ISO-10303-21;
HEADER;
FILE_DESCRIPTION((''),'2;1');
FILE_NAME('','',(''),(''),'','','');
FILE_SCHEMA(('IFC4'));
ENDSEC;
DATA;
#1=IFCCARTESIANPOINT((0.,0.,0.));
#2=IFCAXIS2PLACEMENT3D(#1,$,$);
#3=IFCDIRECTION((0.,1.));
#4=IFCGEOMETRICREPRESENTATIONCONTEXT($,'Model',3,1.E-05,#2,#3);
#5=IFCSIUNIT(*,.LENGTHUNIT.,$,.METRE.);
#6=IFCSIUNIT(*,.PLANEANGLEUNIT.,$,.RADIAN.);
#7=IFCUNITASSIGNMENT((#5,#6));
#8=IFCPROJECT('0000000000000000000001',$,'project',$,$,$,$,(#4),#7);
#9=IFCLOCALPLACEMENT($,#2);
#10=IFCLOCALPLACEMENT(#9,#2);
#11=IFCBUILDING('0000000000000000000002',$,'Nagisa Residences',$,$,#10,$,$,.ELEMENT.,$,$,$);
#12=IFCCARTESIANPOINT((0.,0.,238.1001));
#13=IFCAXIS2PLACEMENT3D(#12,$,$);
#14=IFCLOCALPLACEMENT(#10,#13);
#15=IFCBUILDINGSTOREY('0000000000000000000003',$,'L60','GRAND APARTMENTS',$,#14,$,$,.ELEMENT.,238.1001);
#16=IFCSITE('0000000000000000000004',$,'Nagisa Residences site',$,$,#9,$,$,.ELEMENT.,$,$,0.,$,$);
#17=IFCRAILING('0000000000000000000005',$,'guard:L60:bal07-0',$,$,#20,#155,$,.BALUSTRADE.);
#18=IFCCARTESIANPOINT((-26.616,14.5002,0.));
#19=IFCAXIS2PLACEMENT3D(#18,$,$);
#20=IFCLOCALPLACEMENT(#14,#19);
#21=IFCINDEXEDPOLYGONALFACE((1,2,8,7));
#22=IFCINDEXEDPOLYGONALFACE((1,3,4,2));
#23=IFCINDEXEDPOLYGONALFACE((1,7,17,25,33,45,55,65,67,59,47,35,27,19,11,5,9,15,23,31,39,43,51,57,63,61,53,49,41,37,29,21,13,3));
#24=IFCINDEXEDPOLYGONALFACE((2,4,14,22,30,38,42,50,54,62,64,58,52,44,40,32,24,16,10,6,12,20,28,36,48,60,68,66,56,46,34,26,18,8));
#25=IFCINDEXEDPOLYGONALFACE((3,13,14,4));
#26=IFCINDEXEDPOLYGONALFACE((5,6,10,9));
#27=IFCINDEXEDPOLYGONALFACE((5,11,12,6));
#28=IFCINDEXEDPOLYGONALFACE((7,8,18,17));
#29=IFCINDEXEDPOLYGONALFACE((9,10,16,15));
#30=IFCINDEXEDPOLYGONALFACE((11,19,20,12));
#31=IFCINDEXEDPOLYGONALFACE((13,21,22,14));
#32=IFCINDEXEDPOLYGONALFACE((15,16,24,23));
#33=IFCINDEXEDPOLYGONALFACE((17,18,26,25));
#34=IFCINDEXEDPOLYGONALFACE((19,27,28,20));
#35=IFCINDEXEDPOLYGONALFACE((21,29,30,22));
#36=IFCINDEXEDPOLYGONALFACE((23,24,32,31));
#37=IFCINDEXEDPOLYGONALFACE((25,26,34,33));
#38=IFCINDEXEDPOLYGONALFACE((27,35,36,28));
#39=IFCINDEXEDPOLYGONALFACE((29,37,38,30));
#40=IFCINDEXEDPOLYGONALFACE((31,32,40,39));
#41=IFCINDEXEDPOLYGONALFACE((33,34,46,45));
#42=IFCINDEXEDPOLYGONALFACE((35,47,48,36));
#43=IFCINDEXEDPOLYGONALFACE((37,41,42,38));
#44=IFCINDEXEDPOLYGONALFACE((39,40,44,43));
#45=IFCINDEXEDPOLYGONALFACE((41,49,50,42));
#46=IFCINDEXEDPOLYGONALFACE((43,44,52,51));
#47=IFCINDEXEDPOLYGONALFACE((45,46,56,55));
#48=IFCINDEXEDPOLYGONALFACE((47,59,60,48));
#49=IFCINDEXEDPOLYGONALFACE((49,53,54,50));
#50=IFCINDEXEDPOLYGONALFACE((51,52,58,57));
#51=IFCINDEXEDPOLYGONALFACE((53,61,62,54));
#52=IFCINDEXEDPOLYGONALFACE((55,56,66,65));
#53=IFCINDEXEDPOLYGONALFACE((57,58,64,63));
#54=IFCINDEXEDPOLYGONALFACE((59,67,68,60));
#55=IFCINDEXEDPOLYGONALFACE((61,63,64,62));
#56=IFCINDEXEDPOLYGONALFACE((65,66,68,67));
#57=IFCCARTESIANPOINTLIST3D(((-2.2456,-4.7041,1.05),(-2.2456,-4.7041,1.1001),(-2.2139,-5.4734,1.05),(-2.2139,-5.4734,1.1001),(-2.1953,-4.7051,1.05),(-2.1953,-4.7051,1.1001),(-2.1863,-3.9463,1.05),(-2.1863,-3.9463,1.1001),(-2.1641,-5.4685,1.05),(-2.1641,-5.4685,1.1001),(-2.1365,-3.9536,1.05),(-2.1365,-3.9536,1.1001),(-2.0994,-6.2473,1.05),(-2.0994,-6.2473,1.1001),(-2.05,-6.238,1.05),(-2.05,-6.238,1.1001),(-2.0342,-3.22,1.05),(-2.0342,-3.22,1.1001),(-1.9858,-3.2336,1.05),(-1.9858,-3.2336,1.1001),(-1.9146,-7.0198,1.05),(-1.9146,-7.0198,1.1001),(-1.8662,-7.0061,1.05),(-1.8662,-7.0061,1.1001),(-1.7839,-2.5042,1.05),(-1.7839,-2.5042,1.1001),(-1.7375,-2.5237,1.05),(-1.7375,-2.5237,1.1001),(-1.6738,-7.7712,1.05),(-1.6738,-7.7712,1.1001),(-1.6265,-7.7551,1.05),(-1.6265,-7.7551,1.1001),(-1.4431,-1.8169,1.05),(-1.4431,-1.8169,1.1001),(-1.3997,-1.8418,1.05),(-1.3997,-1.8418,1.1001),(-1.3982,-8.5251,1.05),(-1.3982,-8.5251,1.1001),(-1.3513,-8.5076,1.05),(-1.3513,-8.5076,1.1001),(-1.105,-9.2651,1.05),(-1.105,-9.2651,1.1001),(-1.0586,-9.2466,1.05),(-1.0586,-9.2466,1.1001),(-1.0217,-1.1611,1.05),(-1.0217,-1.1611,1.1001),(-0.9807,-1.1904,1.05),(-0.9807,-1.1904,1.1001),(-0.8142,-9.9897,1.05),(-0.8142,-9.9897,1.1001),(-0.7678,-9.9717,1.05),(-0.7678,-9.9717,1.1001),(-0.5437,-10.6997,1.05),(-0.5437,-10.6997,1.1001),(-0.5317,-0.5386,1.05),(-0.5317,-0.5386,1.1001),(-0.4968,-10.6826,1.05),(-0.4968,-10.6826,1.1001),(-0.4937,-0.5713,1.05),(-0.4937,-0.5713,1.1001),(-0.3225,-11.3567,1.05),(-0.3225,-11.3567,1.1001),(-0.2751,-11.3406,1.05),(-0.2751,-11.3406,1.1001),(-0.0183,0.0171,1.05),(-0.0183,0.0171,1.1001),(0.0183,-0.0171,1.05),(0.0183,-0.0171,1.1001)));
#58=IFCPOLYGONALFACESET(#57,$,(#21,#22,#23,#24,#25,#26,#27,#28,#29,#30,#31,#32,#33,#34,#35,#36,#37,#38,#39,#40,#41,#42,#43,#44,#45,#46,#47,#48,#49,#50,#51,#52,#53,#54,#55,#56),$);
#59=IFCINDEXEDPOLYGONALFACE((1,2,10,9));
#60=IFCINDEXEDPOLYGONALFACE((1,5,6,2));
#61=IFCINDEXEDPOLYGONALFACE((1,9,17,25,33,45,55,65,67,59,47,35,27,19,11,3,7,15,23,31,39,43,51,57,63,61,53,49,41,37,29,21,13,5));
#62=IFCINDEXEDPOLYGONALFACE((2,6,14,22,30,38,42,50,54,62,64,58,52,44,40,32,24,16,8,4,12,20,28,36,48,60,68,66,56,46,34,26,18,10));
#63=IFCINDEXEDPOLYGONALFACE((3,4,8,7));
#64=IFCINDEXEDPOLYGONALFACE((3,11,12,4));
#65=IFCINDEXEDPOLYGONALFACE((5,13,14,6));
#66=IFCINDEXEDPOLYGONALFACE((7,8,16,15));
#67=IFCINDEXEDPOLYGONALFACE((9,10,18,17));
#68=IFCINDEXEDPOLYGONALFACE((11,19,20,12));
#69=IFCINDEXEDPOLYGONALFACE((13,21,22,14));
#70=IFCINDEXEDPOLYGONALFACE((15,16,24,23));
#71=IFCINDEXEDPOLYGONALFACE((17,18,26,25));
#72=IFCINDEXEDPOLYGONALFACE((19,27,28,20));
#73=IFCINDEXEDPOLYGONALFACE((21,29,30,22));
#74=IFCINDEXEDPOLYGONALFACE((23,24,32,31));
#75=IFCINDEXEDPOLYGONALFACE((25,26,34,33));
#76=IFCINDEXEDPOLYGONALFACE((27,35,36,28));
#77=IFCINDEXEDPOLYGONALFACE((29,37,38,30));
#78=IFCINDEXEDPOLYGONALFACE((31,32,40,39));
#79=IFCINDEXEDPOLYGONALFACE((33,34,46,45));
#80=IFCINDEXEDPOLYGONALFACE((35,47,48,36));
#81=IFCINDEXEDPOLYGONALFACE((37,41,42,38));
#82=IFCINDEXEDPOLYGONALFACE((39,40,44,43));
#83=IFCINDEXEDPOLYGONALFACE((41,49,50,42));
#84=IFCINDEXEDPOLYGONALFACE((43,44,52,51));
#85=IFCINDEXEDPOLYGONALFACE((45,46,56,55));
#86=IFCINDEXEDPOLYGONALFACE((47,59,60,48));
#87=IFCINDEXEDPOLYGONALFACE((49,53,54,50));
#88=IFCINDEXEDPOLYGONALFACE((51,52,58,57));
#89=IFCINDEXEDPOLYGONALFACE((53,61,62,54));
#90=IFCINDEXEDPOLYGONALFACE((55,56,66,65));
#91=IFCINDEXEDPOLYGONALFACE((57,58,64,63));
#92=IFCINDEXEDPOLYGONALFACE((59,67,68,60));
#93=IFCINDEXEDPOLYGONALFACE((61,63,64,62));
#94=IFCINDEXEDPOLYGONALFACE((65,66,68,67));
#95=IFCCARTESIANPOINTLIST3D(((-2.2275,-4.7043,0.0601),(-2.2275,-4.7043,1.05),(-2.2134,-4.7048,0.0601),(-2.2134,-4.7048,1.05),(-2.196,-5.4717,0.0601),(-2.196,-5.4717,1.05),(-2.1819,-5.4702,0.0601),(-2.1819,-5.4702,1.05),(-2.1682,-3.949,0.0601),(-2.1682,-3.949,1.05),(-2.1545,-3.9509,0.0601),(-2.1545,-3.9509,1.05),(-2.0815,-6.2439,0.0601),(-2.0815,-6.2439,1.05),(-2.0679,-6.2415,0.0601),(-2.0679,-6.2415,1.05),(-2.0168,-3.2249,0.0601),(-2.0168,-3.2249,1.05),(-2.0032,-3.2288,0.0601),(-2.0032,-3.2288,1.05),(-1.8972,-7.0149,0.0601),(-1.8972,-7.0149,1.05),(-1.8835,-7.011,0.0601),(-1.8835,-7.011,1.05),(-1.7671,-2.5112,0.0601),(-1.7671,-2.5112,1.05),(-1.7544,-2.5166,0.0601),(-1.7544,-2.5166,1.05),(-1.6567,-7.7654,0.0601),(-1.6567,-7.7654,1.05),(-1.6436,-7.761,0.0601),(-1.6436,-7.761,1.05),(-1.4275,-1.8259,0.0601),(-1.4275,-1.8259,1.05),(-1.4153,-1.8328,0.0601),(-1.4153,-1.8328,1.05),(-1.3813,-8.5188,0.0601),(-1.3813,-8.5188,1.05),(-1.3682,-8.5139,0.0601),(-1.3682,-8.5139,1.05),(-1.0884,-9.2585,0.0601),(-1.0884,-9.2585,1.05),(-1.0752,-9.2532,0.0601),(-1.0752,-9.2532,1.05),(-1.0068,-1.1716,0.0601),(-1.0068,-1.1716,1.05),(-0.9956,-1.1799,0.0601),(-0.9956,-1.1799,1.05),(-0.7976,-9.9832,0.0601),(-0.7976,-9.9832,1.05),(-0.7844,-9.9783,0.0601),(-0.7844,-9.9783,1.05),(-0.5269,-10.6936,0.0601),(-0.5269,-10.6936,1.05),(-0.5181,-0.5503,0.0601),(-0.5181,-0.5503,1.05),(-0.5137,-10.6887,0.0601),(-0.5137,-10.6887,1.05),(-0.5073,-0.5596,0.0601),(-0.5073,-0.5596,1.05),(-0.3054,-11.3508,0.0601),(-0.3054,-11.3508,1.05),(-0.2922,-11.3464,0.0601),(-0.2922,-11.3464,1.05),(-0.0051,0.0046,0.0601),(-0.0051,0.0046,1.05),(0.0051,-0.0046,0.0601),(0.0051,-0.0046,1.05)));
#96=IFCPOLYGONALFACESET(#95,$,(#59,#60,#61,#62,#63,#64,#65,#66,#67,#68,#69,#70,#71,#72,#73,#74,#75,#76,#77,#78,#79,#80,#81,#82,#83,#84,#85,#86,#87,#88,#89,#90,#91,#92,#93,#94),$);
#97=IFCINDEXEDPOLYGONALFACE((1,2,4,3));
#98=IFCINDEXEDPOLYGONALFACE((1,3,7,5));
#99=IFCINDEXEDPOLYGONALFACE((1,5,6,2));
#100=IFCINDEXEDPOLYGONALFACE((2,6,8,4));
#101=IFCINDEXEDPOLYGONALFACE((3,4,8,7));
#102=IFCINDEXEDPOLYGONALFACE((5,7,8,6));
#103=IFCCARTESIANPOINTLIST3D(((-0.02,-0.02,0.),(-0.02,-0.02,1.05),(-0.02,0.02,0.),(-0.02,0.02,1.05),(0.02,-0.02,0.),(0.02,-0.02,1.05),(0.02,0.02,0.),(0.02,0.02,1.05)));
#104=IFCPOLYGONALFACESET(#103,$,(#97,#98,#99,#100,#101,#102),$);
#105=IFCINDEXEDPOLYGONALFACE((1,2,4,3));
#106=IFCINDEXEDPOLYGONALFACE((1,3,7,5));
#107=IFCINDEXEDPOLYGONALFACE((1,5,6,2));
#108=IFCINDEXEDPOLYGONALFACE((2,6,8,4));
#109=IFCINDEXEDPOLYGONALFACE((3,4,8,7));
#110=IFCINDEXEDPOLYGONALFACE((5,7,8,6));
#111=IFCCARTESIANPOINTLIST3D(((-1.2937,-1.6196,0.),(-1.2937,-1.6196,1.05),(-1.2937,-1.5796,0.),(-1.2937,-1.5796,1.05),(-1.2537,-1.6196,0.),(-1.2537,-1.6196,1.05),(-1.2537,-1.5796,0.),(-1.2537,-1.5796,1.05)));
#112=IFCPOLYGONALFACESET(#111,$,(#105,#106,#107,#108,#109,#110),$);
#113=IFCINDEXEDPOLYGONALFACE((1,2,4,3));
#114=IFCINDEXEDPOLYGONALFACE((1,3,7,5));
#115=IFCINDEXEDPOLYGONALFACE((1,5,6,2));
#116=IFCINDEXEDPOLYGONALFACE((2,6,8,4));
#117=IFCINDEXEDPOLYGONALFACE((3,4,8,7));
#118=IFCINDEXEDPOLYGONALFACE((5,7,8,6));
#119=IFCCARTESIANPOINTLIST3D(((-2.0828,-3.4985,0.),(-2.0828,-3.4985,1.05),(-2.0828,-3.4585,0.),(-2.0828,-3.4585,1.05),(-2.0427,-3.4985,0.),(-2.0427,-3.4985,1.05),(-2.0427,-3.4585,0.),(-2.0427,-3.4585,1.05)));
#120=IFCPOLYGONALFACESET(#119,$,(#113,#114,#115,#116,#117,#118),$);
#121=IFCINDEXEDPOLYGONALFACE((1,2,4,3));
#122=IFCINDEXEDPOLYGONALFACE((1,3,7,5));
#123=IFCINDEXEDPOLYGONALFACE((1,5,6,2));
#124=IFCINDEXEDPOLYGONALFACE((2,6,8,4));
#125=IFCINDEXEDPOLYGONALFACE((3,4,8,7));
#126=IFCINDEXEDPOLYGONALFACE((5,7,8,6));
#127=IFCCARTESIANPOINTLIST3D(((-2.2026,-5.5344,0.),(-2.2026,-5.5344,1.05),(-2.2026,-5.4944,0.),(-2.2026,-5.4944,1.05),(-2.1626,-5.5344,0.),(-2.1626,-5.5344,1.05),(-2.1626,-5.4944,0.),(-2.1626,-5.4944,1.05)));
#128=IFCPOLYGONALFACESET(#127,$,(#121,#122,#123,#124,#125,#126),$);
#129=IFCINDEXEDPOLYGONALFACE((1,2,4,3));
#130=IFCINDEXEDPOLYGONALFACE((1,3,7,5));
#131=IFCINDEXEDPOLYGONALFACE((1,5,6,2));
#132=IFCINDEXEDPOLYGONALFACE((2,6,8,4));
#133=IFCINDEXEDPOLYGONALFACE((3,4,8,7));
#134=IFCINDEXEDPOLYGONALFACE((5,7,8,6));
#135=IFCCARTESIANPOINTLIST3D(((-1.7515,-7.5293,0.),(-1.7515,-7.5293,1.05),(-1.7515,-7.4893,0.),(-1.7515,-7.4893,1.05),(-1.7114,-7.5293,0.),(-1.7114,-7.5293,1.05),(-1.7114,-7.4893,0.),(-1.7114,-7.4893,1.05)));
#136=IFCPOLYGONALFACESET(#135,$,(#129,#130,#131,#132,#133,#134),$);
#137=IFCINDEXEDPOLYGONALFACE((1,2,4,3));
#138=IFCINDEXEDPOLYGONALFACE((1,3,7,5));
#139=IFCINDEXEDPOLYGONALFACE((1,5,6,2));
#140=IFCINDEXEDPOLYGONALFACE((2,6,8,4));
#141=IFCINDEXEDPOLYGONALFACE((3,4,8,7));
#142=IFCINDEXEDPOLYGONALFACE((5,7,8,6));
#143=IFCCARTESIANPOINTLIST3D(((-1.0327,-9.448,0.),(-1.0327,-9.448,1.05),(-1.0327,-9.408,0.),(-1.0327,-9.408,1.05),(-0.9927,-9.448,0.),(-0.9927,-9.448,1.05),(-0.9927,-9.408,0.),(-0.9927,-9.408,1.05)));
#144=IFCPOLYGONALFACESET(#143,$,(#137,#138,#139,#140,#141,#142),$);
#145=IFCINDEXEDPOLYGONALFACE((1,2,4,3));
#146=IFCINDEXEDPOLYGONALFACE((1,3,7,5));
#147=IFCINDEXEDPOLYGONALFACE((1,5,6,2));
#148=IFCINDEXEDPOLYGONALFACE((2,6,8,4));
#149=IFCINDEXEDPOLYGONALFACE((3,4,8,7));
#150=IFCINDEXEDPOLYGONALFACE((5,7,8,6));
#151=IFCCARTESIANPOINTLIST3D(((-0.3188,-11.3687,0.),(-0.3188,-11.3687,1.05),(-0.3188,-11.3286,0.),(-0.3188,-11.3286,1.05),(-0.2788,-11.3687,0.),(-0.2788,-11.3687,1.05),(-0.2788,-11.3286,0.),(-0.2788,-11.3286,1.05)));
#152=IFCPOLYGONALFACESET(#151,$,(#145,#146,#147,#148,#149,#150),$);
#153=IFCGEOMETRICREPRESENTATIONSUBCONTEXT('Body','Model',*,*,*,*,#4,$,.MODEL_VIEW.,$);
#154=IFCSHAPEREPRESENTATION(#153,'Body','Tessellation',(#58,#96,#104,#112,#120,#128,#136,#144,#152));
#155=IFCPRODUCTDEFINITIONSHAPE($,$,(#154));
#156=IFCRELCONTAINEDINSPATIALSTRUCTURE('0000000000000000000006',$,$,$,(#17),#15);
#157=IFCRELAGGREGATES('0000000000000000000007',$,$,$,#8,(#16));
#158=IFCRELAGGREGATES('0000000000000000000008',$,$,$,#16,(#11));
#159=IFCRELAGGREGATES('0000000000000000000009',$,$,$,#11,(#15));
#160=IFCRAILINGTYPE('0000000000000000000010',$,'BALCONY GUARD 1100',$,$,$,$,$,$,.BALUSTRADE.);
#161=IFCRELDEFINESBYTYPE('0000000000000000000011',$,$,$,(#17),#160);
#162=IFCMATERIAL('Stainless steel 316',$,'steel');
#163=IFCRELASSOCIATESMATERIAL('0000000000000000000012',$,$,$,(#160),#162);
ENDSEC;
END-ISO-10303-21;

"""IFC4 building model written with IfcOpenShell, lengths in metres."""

from ifc_helpers import new_model, si_unit, direction, frame, origin, origin_2d, place, context, subcontext, project, spatial, polyline, rectangle, outline, extrude, material, type_object, element, save


model = new_model("IFC4")

# Units and contexts
model_context = context("Model", 3, precision=1e-05, world=origin(), true_north=direction((0.0, 1.0)))
body_context = subcontext(model_context, "Body", "Model", "MODEL_VIEW")
ifc_project = project(units=[si_unit("LENGTHUNIT", "METRE"), si_unit("PLANEANGLEUNIT", "RADIAN")], contexts=[model_context])

# Site, building, storey
site_placement = place(None, origin())
site = spatial("IfcSite", under=ifc_project, at=site_placement, Name="Nagisa Residences site", CompositionType="ELEMENT", RefElevation=0.0)
building_placement = place(site_placement, origin())
building = spatial("IfcBuilding", under=site, at=building_placement, Name="Nagisa Residences", CompositionType="ELEMENT")
storey_placement = place(building_placement, frame((0.0, 0.0, 238.1001)))
storey = spatial("IfcBuildingStorey", under=building, at=storey_placement, Name="L60", Description="GRAND APARTMENTS", CompositionType="ELEMENT", Elevation=238.1001)

# Railing
ifc_material_1 = material(Name="Stainless steel 316", Category="steel")
railing_type = type_object("IfcRailingType", Name="BALCONY GUARD 1100", PredefinedType="BALUSTRADE", material=ifc_material_1)
railing_1_placement = place(storey_placement, frame((-26.616, 14.5002, 0.0)))
element("IfcRailing", 1, at=railing_1_placement, inside=storey, type_object=railing_type, Name="guard:L60:bal07-0", PredefinedType="BALUSTRADE", context=body_context, shape_type="SweptSolid", body=[
    extrude(outline(polyline([(-0.4937, -0.5713), (0.0183, -0.0171), (-0.0183, 0.0171), (-0.5317, -0.5386), (-1.0217, -1.1611), (-1.4431, -1.8169), (-1.7839, -2.5042), (-2.0342, -3.22), (-2.1863, -3.9463), (-2.2456, -4.7041), (-2.2139, -5.4734), (-2.0994, -6.2473), (-1.9146, -7.0198), (-1.6738, -7.7712), (-1.3982, -8.5251), (-1.105, -9.2651), (-0.8142, -9.9897), (-0.5437, -10.6997), (-0.3225, -11.3567), (-0.2751, -11.3406), (-0.4968, -10.6826), (-0.7678, -9.9717), (-1.0586, -9.2466), (-1.3513, -8.5076), (-1.6265, -7.7551), (-1.8662, -7.0061), (-2.05, -6.238), (-2.1641, -5.4685), (-2.1953, -4.7051), (-2.1365, -3.9536), (-1.9858, -3.2336), (-1.7375, -2.5237), (-1.3997, -1.8418), (-0.9807, -1.1904), (-0.4937, -0.5713)])), frame((0.0, 0.0, 1.05)), (0.0, 0.0, 1.0), 0.05),
    extrude(outline(polyline([(-0.5073, -0.5596), (0.0051, -0.0046), (-0.0051, 0.0046), (-0.5181, -0.5503), (-1.0068, -1.1716), (-1.4275, -1.8259), (-1.7671, -2.5112), (-2.0168, -3.2249), (-2.1682, -3.949), (-2.2275, -4.7043), (-2.196, -5.4717), (-2.0815, -6.2439), (-1.8972, -7.0149), (-1.6567, -7.7654), (-1.3813, -8.5188), (-1.0884, -9.2585), (-0.7976, -9.9832), (-0.5269, -10.6936), (-0.3054, -11.3508), (-0.2922, -11.3464), (-0.5137, -10.6887), (-0.7844, -9.9783), (-1.0752, -9.2532), (-1.3682, -8.5139), (-1.6436, -7.761), (-1.8835, -7.011), (-2.0679, -6.2415), (-2.1819, -5.4702), (-2.2134, -4.7048), (-2.1545, -3.9509), (-2.0032, -3.2288), (-1.7544, -2.5166), (-1.4153, -1.8328), (-0.9956, -1.1799), (-0.5073, -0.5596)])), frame((0.0, 0.0, 0.0601)), (0.0, 0.0, 1.0), 0.99),
    extrude(rectangle(XDim=0.04, YDim=0.04, at=origin_2d()), origin(), (0.0, 0.0, 1.0), 1.05),
    extrude(rectangle(XDim=0.04, YDim=0.04, at=origin_2d()), frame((-1.2737, -1.5996, 0.0)), (0.0, 0.0, 1.0), 1.05),
    extrude(rectangle(XDim=0.04, YDim=0.04, at=origin_2d()), frame((-2.0627, -3.4785, 0.0)), (0.0, 0.0, 1.0), 1.05),
    extrude(rectangle(XDim=0.04, YDim=0.04, at=origin_2d()), frame((-2.1826, -5.5144, 0.0)), (0.0, 0.0, 1.0), 1.05),
    extrude(rectangle(XDim=0.04, YDim=0.04, at=origin_2d()), frame((-1.7314, -7.5093, 0.0)), (0.0, 0.0, 1.0), 1.05),
    extrude(rectangle(XDim=0.04, YDim=0.04, at=origin_2d()), frame((-1.0127, -9.428, 0.0)), (0.0, 0.0, 1.0), 1.05),
    extrude(rectangle(XDim=0.04, YDim=0.04, at=origin_2d()), frame((-0.2988, -11.3486, 0.0)), (0.0, 0.0, 1.0), 1.05),
])

save(model, "model.ifc")
